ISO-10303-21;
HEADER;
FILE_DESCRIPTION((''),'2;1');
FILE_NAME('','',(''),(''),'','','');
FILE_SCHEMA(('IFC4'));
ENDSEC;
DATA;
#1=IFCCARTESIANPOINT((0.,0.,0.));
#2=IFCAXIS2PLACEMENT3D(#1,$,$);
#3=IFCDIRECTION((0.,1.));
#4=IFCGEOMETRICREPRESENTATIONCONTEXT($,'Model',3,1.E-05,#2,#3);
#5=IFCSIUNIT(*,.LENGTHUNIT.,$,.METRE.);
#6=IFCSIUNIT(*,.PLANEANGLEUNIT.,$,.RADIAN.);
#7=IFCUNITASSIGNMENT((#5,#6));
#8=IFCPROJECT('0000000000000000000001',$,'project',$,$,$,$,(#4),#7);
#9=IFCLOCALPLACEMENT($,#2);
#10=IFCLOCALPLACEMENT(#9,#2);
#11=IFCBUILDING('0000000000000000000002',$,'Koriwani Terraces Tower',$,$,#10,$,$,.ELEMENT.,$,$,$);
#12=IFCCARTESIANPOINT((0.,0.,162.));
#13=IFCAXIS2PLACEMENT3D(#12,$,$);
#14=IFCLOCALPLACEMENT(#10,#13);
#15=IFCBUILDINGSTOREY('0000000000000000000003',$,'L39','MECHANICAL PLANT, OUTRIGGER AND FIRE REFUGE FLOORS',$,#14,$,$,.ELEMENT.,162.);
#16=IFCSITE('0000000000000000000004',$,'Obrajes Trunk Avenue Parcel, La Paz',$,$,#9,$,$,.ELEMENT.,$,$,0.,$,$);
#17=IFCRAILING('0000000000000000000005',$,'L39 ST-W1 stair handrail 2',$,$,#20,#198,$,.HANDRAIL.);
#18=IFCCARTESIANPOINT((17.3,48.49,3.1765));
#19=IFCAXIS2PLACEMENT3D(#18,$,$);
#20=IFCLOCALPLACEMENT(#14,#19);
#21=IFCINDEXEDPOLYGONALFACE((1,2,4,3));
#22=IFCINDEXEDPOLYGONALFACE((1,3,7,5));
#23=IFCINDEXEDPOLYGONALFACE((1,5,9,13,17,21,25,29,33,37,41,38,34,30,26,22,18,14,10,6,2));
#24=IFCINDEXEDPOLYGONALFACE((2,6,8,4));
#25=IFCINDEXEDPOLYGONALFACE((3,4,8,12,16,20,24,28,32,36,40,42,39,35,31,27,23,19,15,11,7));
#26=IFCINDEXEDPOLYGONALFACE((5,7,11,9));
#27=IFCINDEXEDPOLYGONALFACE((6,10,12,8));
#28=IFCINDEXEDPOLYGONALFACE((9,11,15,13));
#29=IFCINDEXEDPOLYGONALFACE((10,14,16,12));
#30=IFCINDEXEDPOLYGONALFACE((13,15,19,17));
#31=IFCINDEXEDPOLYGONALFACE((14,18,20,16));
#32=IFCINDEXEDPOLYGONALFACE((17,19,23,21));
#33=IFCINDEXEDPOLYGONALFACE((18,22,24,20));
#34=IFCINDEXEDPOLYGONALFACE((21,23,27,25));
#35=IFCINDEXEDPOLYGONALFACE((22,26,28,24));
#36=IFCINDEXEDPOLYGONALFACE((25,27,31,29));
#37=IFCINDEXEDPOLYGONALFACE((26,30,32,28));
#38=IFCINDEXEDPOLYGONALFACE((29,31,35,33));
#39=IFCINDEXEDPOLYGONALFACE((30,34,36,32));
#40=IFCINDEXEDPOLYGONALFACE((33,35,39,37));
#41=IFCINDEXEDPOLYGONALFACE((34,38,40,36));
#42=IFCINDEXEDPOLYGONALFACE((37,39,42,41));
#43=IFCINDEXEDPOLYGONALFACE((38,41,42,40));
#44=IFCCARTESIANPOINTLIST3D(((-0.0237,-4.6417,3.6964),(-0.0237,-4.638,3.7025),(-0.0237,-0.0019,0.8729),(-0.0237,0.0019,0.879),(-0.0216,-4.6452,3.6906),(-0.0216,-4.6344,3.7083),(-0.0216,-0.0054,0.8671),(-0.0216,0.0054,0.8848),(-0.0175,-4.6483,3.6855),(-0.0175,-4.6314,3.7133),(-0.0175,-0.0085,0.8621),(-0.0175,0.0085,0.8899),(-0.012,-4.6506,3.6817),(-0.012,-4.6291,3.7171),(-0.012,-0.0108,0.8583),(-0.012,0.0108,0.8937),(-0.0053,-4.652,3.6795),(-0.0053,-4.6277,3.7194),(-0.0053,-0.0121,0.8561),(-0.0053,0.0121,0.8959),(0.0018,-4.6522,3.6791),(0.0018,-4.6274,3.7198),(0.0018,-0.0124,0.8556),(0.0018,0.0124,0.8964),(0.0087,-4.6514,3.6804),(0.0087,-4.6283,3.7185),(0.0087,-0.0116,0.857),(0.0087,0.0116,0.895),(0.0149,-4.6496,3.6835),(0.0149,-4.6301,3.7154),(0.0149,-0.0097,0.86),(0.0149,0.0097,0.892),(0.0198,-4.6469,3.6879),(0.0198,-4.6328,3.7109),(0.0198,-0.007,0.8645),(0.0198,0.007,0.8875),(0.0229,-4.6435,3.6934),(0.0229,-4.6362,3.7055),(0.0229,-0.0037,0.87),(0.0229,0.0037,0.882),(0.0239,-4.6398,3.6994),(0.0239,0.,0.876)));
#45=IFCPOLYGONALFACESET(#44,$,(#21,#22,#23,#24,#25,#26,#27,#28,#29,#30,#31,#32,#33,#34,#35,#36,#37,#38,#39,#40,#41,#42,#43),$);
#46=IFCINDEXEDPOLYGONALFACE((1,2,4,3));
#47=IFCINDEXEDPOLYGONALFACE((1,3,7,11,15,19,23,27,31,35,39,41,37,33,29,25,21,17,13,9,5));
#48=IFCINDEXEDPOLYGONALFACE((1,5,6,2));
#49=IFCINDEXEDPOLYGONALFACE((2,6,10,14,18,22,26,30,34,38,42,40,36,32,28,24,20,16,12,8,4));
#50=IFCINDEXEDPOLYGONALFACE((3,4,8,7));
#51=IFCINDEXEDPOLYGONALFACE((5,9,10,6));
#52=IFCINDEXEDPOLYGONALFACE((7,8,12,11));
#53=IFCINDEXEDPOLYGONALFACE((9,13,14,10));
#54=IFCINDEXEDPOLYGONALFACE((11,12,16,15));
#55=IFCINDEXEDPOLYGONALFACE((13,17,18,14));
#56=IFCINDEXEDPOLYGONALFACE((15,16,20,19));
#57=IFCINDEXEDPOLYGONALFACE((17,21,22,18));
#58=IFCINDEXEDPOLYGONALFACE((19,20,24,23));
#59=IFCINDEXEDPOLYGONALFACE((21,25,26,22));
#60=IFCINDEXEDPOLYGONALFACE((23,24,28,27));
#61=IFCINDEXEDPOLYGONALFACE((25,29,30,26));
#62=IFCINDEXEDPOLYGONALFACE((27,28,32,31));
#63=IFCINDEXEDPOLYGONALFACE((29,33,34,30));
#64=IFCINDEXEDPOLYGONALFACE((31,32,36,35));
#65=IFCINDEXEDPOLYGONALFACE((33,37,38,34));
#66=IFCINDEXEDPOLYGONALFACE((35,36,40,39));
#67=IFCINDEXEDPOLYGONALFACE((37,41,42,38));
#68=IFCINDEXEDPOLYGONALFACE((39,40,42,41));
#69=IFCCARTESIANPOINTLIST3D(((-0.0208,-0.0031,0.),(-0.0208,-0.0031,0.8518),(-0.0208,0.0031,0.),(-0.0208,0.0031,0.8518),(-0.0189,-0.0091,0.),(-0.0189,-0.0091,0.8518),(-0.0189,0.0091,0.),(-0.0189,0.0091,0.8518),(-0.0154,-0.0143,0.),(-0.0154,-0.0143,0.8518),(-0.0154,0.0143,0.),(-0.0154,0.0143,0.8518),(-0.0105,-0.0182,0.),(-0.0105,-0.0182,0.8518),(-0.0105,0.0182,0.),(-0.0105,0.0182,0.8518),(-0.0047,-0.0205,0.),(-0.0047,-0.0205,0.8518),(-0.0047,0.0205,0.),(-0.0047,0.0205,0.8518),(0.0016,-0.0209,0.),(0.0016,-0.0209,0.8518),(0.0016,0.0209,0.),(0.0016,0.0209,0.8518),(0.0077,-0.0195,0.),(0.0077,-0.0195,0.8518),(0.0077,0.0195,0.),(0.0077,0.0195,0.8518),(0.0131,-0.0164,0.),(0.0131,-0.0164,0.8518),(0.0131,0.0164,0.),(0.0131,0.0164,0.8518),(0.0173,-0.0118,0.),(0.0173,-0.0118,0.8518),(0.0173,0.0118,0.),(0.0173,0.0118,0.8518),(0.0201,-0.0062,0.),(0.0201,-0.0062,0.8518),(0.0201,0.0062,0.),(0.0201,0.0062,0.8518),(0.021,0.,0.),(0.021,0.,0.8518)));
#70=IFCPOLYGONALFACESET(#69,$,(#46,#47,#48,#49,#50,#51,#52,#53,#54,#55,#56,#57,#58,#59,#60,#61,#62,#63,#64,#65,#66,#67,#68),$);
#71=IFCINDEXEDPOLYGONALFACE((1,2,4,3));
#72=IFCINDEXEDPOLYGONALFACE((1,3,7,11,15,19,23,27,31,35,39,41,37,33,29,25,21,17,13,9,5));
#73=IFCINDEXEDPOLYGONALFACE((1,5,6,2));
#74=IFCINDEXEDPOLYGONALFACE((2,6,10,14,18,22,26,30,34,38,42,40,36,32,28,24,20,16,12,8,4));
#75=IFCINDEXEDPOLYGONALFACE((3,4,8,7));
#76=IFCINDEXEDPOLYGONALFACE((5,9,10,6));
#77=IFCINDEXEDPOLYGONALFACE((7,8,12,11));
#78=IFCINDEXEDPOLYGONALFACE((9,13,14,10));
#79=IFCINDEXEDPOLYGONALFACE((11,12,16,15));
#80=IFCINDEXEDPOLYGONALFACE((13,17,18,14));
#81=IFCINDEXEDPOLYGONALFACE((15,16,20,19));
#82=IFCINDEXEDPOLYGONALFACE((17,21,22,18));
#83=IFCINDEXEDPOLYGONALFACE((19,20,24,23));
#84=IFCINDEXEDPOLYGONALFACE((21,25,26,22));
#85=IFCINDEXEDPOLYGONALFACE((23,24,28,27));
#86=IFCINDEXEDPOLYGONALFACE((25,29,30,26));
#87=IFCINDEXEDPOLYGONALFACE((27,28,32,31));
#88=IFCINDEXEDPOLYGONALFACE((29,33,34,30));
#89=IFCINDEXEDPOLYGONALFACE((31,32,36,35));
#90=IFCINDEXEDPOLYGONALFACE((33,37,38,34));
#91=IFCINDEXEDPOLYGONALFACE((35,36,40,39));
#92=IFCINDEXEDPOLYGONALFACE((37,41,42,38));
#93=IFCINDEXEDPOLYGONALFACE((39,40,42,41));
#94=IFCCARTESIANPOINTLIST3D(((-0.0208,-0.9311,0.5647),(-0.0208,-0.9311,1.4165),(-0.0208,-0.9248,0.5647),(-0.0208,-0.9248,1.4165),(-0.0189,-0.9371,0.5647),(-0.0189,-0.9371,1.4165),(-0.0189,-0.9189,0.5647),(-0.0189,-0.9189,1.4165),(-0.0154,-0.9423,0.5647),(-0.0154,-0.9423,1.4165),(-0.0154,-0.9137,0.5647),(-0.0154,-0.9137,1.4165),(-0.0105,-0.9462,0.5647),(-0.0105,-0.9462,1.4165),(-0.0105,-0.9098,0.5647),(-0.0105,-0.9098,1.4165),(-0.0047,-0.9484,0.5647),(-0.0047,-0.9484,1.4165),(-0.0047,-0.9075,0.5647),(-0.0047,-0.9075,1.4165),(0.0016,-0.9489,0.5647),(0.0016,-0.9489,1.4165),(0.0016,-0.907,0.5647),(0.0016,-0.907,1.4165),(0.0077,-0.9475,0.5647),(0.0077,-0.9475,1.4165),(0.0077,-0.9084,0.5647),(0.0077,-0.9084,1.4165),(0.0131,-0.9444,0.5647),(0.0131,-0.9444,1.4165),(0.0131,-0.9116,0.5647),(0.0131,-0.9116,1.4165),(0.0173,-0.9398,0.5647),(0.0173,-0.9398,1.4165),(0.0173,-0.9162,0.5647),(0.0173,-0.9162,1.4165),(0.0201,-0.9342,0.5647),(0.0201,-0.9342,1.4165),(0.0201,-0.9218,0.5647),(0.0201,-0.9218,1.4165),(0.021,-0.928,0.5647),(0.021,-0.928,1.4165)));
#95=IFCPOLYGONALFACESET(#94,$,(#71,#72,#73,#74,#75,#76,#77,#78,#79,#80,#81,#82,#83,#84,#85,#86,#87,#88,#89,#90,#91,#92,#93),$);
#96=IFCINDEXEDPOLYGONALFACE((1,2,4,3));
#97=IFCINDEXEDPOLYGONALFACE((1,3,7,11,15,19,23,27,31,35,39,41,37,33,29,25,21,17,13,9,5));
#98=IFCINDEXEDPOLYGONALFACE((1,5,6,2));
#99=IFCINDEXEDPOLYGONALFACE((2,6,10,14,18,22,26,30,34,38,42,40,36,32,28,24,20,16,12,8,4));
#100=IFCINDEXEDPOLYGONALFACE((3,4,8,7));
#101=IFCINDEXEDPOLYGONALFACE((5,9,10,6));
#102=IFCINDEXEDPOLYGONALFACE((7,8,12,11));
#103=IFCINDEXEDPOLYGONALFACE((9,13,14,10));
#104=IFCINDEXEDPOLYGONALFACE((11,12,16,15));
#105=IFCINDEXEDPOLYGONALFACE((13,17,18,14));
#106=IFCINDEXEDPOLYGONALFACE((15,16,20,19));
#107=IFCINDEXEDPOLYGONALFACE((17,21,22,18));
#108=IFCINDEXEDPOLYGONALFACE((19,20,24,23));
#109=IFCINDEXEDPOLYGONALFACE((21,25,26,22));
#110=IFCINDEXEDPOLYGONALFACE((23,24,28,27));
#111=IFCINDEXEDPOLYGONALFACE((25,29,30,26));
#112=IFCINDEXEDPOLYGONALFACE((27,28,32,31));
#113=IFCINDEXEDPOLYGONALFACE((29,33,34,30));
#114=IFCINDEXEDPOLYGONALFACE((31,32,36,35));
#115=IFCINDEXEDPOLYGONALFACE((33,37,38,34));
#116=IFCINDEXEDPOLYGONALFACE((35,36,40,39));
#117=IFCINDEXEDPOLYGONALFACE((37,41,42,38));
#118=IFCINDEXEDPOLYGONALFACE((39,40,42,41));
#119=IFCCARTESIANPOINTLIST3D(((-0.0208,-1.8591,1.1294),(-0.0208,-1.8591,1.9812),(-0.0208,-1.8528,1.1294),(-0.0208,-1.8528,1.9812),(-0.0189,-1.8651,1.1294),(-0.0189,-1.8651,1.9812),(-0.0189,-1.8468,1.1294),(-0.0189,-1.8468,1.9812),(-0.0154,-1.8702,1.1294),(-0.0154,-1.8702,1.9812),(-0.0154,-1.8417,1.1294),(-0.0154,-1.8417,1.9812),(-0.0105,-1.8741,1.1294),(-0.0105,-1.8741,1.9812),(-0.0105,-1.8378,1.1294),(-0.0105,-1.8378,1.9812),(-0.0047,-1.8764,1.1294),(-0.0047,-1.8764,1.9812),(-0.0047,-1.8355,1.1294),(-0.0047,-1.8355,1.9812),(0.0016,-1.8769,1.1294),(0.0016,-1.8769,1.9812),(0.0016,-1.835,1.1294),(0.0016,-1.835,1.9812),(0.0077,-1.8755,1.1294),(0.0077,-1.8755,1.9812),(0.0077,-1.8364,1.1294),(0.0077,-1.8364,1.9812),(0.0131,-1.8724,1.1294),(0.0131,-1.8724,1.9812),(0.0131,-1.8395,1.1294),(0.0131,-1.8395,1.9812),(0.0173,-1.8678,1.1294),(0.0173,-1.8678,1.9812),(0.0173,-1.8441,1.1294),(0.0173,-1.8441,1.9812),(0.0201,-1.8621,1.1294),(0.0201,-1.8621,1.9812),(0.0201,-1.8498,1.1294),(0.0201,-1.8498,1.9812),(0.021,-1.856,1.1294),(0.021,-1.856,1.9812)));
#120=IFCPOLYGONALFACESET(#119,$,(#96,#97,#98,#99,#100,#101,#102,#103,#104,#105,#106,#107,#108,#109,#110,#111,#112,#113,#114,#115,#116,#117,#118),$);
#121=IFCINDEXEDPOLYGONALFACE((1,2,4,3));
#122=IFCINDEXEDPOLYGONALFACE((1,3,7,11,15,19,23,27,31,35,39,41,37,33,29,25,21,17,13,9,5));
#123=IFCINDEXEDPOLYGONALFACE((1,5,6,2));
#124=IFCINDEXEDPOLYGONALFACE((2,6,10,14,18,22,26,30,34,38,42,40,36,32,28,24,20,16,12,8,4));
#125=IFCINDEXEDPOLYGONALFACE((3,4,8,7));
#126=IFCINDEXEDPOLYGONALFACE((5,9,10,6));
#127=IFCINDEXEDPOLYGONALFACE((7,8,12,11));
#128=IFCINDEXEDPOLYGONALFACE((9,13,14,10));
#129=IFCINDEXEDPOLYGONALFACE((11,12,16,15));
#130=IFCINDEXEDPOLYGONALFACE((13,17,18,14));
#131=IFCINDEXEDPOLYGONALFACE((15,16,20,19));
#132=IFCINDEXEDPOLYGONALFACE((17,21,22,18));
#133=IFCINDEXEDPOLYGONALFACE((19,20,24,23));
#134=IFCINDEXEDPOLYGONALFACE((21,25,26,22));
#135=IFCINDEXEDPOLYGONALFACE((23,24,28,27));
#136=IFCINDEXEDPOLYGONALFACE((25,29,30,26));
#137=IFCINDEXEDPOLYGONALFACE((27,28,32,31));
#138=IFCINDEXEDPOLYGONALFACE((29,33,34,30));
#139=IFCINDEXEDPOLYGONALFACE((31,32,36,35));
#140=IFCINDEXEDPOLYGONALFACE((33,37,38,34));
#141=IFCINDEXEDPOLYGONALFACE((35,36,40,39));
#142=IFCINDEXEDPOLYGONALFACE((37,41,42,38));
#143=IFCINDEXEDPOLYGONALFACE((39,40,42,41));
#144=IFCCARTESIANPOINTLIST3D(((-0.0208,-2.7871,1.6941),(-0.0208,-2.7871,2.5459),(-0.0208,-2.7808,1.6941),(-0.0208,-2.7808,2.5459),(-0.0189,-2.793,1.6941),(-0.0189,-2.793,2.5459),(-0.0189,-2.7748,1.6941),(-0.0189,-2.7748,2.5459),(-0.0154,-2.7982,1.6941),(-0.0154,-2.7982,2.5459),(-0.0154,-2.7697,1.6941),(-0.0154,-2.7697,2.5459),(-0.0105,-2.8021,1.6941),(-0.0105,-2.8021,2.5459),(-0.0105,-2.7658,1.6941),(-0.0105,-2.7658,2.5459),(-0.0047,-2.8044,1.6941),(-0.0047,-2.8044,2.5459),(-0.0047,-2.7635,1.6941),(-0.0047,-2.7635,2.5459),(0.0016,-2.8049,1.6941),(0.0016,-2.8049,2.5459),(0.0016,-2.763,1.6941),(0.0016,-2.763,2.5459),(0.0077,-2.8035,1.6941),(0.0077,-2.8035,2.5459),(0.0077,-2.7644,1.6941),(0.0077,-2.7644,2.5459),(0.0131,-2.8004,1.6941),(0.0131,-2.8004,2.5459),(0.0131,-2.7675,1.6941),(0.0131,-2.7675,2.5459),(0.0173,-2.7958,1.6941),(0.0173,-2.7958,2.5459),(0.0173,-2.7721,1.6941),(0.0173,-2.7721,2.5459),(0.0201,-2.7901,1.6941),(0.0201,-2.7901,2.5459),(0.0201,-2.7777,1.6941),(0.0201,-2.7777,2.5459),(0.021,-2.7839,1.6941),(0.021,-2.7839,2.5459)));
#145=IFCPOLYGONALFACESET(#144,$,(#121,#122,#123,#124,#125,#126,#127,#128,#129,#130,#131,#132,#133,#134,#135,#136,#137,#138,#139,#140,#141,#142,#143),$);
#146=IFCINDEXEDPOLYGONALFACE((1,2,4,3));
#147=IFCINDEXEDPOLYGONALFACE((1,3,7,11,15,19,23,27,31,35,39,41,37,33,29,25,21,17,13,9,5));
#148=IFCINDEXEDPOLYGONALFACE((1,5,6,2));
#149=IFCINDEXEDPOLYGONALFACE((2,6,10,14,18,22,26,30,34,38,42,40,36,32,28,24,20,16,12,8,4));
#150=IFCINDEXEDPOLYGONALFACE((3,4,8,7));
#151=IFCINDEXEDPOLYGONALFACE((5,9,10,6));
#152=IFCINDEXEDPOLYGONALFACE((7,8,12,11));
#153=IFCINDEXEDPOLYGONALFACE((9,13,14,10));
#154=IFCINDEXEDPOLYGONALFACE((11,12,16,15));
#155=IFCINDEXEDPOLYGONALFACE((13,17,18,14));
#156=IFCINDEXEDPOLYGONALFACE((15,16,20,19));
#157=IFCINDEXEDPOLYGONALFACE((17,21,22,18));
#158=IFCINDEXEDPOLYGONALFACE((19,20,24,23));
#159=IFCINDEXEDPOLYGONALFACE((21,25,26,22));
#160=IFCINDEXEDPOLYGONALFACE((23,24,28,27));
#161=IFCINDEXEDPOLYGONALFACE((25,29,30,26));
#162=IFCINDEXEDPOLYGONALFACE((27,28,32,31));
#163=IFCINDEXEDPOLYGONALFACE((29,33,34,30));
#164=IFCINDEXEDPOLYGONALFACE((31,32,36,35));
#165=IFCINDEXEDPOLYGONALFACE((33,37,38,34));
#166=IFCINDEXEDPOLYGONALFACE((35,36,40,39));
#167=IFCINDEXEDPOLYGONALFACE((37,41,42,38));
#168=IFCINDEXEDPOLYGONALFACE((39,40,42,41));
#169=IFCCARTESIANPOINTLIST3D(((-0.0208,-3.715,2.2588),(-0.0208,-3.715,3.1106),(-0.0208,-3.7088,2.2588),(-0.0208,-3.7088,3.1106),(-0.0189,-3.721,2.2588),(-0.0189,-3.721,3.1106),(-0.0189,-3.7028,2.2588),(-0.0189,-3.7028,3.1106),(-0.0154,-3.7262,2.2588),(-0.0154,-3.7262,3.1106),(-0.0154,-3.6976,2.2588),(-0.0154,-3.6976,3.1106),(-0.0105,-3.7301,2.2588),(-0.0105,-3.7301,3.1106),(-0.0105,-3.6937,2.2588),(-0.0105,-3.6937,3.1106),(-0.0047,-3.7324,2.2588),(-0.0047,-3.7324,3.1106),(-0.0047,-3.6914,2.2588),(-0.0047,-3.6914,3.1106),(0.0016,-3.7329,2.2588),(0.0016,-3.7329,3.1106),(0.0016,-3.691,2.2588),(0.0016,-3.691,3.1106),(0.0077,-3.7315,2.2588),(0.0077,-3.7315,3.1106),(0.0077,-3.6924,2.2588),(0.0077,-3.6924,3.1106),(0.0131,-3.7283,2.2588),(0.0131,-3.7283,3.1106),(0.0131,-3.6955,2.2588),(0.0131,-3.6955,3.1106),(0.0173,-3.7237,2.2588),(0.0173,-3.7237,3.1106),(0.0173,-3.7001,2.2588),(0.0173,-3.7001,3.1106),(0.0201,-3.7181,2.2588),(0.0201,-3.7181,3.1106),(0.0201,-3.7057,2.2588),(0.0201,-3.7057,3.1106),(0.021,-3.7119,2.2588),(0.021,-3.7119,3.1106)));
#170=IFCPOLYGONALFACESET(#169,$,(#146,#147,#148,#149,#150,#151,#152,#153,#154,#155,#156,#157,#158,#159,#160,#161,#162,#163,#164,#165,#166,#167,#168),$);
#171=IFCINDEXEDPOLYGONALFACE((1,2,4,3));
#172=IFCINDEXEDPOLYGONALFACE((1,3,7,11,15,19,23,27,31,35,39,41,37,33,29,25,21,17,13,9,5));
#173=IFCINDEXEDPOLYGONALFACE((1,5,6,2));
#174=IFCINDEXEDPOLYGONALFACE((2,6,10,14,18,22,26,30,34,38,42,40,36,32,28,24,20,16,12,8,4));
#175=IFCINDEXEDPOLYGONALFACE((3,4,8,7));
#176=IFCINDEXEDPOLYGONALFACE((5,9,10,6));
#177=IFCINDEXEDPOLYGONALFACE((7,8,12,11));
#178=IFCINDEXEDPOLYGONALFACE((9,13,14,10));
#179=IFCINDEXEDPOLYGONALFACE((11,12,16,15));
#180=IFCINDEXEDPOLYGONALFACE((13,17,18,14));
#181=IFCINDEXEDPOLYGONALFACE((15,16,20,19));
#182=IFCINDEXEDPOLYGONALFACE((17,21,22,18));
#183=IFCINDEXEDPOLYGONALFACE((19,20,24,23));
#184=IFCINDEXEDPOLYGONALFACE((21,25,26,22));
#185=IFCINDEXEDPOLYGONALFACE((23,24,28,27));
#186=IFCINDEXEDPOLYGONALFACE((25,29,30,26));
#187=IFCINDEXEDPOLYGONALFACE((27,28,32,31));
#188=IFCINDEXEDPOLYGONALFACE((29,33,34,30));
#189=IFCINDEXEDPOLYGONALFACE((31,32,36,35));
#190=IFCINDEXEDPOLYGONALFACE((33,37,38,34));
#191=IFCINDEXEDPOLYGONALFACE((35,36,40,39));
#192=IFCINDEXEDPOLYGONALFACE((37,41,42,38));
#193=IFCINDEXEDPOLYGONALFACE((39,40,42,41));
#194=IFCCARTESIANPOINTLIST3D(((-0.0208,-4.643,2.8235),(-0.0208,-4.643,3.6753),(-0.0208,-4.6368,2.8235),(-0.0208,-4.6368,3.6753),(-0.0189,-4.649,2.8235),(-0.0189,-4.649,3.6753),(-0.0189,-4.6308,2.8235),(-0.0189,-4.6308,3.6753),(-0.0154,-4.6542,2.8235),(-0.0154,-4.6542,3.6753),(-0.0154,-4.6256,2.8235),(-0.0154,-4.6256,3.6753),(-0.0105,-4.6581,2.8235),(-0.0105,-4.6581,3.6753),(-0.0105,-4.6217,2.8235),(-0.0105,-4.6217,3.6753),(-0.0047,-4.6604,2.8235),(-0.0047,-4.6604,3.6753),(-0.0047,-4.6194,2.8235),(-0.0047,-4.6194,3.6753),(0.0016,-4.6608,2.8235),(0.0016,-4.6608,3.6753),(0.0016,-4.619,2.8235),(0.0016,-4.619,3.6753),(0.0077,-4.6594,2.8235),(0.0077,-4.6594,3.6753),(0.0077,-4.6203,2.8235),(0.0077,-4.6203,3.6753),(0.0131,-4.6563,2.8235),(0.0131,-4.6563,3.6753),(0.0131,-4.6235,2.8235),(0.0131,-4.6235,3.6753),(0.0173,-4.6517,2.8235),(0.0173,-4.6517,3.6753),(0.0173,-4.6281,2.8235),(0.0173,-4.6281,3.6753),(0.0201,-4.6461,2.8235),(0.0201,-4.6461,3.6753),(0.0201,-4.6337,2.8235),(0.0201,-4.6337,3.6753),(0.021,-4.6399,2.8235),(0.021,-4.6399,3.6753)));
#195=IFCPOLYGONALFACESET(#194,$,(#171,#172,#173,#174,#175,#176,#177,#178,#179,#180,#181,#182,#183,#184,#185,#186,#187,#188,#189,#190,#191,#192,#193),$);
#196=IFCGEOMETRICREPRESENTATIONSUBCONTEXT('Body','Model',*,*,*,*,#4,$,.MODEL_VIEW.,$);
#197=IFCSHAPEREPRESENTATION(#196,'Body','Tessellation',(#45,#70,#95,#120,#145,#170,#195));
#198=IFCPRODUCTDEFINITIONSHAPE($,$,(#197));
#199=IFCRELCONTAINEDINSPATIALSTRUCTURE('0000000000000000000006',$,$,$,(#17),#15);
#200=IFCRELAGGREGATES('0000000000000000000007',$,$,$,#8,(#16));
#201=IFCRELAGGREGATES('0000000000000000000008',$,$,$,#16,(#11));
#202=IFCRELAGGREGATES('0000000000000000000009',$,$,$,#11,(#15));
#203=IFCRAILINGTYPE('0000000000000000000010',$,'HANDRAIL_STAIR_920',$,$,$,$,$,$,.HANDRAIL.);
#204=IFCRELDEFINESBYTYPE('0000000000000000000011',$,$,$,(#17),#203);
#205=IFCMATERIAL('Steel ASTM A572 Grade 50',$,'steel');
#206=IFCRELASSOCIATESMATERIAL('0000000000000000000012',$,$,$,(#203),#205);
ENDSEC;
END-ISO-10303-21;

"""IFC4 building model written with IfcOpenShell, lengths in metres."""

from ifc_helpers import new_model, si_unit, direction, frame, origin, origin_2d, place, context, subcontext, project, spatial, circle, extrude, material, type_object, element, save


model = new_model("IFC4")

# Units and contexts
model_context = context("Model", 3, precision=1e-05, world=origin(), true_north=direction((0.0, 1.0)))
body_context = subcontext(model_context, "Body", "Model", "MODEL_VIEW")
ifc_project = project(units=[si_unit("LENGTHUNIT", "METRE"), si_unit("PLANEANGLEUNIT", "RADIAN")], contexts=[model_context])

# Site, building, storey
site_placement = place(None, origin())
site = spatial("IfcSite", under=ifc_project, at=site_placement, Name="Obrajes Trunk Avenue Parcel, La Paz", CompositionType="ELEMENT", RefElevation=0.0)
building_placement = place(site_placement, origin())
building = spatial("IfcBuilding", under=site, at=building_placement, Name="Koriwani Terraces Tower", CompositionType="ELEMENT")
storey_placement = place(building_placement, frame((0.0, 0.0, 162.0)))
storey = spatial("IfcBuildingStorey", under=building, at=storey_placement, Name="L39", Description="MECHANICAL PLANT, OUTRIGGER AND FIRE REFUGE FLOORS", CompositionType="ELEMENT", Elevation=162.0)

# Shared definitions
ifc_material_1 = material(Name="Steel ASTM A572 Grade 50", Category="steel")

# Railing
railing_type_1 = type_object("IfcRailingType", Name="HANDRAIL_STAIR_920", PredefinedType="HANDRAIL", material=ifc_material_1)
railing_1_placement = place(storey_placement, frame((17.3, 48.49, 3.1765)))
element("IfcRailing", 1, at=railing_1_placement, inside=storey, type_object=railing_type_1, Name="L39 ST-W1 stair handrail 2", PredefinedType="HANDRAIL", context=body_context, shape_type="SweptSolid", body=[
    extrude(circle(Radius=0.0239, at=origin_2d()), frame((0.0, 0.0, 0.876), z_axis=(0.0, -0.854264, 0.51984), x_axis=(1.0, 0.0, 0.0)), (0.0, 0.0, 1.0), 5.4314),
    extrude(circle(Radius=0.021, at=origin_2d()), origin(), (0.0, 0.0, 1.0), 0.8518),
    extrude(circle(Radius=0.021, at=origin_2d()), frame((0.0, -0.928, 0.5647)), (0.0, 0.0, 1.0), 0.8518),
    extrude(circle(Radius=0.021, at=origin_2d()), frame((0.0, -1.856, 1.1294)), (0.0, 0.0, 1.0), 0.8518),
    extrude(circle(Radius=0.021, at=origin_2d()), frame((0.0, -2.7839, 1.6941)), (0.0, 0.0, 1.0), 0.8518),
    extrude(circle(Radius=0.021, at=origin_2d()), frame((0.0, -3.7119, 2.2588)), (0.0, 0.0, 1.0), 0.8518),
    extrude(circle(Radius=0.021, at=origin_2d()), frame((0.0, -4.6399, 2.8235)), (0.0, 0.0, 1.0), 0.8518),
])

save(model, "model.ifc")
